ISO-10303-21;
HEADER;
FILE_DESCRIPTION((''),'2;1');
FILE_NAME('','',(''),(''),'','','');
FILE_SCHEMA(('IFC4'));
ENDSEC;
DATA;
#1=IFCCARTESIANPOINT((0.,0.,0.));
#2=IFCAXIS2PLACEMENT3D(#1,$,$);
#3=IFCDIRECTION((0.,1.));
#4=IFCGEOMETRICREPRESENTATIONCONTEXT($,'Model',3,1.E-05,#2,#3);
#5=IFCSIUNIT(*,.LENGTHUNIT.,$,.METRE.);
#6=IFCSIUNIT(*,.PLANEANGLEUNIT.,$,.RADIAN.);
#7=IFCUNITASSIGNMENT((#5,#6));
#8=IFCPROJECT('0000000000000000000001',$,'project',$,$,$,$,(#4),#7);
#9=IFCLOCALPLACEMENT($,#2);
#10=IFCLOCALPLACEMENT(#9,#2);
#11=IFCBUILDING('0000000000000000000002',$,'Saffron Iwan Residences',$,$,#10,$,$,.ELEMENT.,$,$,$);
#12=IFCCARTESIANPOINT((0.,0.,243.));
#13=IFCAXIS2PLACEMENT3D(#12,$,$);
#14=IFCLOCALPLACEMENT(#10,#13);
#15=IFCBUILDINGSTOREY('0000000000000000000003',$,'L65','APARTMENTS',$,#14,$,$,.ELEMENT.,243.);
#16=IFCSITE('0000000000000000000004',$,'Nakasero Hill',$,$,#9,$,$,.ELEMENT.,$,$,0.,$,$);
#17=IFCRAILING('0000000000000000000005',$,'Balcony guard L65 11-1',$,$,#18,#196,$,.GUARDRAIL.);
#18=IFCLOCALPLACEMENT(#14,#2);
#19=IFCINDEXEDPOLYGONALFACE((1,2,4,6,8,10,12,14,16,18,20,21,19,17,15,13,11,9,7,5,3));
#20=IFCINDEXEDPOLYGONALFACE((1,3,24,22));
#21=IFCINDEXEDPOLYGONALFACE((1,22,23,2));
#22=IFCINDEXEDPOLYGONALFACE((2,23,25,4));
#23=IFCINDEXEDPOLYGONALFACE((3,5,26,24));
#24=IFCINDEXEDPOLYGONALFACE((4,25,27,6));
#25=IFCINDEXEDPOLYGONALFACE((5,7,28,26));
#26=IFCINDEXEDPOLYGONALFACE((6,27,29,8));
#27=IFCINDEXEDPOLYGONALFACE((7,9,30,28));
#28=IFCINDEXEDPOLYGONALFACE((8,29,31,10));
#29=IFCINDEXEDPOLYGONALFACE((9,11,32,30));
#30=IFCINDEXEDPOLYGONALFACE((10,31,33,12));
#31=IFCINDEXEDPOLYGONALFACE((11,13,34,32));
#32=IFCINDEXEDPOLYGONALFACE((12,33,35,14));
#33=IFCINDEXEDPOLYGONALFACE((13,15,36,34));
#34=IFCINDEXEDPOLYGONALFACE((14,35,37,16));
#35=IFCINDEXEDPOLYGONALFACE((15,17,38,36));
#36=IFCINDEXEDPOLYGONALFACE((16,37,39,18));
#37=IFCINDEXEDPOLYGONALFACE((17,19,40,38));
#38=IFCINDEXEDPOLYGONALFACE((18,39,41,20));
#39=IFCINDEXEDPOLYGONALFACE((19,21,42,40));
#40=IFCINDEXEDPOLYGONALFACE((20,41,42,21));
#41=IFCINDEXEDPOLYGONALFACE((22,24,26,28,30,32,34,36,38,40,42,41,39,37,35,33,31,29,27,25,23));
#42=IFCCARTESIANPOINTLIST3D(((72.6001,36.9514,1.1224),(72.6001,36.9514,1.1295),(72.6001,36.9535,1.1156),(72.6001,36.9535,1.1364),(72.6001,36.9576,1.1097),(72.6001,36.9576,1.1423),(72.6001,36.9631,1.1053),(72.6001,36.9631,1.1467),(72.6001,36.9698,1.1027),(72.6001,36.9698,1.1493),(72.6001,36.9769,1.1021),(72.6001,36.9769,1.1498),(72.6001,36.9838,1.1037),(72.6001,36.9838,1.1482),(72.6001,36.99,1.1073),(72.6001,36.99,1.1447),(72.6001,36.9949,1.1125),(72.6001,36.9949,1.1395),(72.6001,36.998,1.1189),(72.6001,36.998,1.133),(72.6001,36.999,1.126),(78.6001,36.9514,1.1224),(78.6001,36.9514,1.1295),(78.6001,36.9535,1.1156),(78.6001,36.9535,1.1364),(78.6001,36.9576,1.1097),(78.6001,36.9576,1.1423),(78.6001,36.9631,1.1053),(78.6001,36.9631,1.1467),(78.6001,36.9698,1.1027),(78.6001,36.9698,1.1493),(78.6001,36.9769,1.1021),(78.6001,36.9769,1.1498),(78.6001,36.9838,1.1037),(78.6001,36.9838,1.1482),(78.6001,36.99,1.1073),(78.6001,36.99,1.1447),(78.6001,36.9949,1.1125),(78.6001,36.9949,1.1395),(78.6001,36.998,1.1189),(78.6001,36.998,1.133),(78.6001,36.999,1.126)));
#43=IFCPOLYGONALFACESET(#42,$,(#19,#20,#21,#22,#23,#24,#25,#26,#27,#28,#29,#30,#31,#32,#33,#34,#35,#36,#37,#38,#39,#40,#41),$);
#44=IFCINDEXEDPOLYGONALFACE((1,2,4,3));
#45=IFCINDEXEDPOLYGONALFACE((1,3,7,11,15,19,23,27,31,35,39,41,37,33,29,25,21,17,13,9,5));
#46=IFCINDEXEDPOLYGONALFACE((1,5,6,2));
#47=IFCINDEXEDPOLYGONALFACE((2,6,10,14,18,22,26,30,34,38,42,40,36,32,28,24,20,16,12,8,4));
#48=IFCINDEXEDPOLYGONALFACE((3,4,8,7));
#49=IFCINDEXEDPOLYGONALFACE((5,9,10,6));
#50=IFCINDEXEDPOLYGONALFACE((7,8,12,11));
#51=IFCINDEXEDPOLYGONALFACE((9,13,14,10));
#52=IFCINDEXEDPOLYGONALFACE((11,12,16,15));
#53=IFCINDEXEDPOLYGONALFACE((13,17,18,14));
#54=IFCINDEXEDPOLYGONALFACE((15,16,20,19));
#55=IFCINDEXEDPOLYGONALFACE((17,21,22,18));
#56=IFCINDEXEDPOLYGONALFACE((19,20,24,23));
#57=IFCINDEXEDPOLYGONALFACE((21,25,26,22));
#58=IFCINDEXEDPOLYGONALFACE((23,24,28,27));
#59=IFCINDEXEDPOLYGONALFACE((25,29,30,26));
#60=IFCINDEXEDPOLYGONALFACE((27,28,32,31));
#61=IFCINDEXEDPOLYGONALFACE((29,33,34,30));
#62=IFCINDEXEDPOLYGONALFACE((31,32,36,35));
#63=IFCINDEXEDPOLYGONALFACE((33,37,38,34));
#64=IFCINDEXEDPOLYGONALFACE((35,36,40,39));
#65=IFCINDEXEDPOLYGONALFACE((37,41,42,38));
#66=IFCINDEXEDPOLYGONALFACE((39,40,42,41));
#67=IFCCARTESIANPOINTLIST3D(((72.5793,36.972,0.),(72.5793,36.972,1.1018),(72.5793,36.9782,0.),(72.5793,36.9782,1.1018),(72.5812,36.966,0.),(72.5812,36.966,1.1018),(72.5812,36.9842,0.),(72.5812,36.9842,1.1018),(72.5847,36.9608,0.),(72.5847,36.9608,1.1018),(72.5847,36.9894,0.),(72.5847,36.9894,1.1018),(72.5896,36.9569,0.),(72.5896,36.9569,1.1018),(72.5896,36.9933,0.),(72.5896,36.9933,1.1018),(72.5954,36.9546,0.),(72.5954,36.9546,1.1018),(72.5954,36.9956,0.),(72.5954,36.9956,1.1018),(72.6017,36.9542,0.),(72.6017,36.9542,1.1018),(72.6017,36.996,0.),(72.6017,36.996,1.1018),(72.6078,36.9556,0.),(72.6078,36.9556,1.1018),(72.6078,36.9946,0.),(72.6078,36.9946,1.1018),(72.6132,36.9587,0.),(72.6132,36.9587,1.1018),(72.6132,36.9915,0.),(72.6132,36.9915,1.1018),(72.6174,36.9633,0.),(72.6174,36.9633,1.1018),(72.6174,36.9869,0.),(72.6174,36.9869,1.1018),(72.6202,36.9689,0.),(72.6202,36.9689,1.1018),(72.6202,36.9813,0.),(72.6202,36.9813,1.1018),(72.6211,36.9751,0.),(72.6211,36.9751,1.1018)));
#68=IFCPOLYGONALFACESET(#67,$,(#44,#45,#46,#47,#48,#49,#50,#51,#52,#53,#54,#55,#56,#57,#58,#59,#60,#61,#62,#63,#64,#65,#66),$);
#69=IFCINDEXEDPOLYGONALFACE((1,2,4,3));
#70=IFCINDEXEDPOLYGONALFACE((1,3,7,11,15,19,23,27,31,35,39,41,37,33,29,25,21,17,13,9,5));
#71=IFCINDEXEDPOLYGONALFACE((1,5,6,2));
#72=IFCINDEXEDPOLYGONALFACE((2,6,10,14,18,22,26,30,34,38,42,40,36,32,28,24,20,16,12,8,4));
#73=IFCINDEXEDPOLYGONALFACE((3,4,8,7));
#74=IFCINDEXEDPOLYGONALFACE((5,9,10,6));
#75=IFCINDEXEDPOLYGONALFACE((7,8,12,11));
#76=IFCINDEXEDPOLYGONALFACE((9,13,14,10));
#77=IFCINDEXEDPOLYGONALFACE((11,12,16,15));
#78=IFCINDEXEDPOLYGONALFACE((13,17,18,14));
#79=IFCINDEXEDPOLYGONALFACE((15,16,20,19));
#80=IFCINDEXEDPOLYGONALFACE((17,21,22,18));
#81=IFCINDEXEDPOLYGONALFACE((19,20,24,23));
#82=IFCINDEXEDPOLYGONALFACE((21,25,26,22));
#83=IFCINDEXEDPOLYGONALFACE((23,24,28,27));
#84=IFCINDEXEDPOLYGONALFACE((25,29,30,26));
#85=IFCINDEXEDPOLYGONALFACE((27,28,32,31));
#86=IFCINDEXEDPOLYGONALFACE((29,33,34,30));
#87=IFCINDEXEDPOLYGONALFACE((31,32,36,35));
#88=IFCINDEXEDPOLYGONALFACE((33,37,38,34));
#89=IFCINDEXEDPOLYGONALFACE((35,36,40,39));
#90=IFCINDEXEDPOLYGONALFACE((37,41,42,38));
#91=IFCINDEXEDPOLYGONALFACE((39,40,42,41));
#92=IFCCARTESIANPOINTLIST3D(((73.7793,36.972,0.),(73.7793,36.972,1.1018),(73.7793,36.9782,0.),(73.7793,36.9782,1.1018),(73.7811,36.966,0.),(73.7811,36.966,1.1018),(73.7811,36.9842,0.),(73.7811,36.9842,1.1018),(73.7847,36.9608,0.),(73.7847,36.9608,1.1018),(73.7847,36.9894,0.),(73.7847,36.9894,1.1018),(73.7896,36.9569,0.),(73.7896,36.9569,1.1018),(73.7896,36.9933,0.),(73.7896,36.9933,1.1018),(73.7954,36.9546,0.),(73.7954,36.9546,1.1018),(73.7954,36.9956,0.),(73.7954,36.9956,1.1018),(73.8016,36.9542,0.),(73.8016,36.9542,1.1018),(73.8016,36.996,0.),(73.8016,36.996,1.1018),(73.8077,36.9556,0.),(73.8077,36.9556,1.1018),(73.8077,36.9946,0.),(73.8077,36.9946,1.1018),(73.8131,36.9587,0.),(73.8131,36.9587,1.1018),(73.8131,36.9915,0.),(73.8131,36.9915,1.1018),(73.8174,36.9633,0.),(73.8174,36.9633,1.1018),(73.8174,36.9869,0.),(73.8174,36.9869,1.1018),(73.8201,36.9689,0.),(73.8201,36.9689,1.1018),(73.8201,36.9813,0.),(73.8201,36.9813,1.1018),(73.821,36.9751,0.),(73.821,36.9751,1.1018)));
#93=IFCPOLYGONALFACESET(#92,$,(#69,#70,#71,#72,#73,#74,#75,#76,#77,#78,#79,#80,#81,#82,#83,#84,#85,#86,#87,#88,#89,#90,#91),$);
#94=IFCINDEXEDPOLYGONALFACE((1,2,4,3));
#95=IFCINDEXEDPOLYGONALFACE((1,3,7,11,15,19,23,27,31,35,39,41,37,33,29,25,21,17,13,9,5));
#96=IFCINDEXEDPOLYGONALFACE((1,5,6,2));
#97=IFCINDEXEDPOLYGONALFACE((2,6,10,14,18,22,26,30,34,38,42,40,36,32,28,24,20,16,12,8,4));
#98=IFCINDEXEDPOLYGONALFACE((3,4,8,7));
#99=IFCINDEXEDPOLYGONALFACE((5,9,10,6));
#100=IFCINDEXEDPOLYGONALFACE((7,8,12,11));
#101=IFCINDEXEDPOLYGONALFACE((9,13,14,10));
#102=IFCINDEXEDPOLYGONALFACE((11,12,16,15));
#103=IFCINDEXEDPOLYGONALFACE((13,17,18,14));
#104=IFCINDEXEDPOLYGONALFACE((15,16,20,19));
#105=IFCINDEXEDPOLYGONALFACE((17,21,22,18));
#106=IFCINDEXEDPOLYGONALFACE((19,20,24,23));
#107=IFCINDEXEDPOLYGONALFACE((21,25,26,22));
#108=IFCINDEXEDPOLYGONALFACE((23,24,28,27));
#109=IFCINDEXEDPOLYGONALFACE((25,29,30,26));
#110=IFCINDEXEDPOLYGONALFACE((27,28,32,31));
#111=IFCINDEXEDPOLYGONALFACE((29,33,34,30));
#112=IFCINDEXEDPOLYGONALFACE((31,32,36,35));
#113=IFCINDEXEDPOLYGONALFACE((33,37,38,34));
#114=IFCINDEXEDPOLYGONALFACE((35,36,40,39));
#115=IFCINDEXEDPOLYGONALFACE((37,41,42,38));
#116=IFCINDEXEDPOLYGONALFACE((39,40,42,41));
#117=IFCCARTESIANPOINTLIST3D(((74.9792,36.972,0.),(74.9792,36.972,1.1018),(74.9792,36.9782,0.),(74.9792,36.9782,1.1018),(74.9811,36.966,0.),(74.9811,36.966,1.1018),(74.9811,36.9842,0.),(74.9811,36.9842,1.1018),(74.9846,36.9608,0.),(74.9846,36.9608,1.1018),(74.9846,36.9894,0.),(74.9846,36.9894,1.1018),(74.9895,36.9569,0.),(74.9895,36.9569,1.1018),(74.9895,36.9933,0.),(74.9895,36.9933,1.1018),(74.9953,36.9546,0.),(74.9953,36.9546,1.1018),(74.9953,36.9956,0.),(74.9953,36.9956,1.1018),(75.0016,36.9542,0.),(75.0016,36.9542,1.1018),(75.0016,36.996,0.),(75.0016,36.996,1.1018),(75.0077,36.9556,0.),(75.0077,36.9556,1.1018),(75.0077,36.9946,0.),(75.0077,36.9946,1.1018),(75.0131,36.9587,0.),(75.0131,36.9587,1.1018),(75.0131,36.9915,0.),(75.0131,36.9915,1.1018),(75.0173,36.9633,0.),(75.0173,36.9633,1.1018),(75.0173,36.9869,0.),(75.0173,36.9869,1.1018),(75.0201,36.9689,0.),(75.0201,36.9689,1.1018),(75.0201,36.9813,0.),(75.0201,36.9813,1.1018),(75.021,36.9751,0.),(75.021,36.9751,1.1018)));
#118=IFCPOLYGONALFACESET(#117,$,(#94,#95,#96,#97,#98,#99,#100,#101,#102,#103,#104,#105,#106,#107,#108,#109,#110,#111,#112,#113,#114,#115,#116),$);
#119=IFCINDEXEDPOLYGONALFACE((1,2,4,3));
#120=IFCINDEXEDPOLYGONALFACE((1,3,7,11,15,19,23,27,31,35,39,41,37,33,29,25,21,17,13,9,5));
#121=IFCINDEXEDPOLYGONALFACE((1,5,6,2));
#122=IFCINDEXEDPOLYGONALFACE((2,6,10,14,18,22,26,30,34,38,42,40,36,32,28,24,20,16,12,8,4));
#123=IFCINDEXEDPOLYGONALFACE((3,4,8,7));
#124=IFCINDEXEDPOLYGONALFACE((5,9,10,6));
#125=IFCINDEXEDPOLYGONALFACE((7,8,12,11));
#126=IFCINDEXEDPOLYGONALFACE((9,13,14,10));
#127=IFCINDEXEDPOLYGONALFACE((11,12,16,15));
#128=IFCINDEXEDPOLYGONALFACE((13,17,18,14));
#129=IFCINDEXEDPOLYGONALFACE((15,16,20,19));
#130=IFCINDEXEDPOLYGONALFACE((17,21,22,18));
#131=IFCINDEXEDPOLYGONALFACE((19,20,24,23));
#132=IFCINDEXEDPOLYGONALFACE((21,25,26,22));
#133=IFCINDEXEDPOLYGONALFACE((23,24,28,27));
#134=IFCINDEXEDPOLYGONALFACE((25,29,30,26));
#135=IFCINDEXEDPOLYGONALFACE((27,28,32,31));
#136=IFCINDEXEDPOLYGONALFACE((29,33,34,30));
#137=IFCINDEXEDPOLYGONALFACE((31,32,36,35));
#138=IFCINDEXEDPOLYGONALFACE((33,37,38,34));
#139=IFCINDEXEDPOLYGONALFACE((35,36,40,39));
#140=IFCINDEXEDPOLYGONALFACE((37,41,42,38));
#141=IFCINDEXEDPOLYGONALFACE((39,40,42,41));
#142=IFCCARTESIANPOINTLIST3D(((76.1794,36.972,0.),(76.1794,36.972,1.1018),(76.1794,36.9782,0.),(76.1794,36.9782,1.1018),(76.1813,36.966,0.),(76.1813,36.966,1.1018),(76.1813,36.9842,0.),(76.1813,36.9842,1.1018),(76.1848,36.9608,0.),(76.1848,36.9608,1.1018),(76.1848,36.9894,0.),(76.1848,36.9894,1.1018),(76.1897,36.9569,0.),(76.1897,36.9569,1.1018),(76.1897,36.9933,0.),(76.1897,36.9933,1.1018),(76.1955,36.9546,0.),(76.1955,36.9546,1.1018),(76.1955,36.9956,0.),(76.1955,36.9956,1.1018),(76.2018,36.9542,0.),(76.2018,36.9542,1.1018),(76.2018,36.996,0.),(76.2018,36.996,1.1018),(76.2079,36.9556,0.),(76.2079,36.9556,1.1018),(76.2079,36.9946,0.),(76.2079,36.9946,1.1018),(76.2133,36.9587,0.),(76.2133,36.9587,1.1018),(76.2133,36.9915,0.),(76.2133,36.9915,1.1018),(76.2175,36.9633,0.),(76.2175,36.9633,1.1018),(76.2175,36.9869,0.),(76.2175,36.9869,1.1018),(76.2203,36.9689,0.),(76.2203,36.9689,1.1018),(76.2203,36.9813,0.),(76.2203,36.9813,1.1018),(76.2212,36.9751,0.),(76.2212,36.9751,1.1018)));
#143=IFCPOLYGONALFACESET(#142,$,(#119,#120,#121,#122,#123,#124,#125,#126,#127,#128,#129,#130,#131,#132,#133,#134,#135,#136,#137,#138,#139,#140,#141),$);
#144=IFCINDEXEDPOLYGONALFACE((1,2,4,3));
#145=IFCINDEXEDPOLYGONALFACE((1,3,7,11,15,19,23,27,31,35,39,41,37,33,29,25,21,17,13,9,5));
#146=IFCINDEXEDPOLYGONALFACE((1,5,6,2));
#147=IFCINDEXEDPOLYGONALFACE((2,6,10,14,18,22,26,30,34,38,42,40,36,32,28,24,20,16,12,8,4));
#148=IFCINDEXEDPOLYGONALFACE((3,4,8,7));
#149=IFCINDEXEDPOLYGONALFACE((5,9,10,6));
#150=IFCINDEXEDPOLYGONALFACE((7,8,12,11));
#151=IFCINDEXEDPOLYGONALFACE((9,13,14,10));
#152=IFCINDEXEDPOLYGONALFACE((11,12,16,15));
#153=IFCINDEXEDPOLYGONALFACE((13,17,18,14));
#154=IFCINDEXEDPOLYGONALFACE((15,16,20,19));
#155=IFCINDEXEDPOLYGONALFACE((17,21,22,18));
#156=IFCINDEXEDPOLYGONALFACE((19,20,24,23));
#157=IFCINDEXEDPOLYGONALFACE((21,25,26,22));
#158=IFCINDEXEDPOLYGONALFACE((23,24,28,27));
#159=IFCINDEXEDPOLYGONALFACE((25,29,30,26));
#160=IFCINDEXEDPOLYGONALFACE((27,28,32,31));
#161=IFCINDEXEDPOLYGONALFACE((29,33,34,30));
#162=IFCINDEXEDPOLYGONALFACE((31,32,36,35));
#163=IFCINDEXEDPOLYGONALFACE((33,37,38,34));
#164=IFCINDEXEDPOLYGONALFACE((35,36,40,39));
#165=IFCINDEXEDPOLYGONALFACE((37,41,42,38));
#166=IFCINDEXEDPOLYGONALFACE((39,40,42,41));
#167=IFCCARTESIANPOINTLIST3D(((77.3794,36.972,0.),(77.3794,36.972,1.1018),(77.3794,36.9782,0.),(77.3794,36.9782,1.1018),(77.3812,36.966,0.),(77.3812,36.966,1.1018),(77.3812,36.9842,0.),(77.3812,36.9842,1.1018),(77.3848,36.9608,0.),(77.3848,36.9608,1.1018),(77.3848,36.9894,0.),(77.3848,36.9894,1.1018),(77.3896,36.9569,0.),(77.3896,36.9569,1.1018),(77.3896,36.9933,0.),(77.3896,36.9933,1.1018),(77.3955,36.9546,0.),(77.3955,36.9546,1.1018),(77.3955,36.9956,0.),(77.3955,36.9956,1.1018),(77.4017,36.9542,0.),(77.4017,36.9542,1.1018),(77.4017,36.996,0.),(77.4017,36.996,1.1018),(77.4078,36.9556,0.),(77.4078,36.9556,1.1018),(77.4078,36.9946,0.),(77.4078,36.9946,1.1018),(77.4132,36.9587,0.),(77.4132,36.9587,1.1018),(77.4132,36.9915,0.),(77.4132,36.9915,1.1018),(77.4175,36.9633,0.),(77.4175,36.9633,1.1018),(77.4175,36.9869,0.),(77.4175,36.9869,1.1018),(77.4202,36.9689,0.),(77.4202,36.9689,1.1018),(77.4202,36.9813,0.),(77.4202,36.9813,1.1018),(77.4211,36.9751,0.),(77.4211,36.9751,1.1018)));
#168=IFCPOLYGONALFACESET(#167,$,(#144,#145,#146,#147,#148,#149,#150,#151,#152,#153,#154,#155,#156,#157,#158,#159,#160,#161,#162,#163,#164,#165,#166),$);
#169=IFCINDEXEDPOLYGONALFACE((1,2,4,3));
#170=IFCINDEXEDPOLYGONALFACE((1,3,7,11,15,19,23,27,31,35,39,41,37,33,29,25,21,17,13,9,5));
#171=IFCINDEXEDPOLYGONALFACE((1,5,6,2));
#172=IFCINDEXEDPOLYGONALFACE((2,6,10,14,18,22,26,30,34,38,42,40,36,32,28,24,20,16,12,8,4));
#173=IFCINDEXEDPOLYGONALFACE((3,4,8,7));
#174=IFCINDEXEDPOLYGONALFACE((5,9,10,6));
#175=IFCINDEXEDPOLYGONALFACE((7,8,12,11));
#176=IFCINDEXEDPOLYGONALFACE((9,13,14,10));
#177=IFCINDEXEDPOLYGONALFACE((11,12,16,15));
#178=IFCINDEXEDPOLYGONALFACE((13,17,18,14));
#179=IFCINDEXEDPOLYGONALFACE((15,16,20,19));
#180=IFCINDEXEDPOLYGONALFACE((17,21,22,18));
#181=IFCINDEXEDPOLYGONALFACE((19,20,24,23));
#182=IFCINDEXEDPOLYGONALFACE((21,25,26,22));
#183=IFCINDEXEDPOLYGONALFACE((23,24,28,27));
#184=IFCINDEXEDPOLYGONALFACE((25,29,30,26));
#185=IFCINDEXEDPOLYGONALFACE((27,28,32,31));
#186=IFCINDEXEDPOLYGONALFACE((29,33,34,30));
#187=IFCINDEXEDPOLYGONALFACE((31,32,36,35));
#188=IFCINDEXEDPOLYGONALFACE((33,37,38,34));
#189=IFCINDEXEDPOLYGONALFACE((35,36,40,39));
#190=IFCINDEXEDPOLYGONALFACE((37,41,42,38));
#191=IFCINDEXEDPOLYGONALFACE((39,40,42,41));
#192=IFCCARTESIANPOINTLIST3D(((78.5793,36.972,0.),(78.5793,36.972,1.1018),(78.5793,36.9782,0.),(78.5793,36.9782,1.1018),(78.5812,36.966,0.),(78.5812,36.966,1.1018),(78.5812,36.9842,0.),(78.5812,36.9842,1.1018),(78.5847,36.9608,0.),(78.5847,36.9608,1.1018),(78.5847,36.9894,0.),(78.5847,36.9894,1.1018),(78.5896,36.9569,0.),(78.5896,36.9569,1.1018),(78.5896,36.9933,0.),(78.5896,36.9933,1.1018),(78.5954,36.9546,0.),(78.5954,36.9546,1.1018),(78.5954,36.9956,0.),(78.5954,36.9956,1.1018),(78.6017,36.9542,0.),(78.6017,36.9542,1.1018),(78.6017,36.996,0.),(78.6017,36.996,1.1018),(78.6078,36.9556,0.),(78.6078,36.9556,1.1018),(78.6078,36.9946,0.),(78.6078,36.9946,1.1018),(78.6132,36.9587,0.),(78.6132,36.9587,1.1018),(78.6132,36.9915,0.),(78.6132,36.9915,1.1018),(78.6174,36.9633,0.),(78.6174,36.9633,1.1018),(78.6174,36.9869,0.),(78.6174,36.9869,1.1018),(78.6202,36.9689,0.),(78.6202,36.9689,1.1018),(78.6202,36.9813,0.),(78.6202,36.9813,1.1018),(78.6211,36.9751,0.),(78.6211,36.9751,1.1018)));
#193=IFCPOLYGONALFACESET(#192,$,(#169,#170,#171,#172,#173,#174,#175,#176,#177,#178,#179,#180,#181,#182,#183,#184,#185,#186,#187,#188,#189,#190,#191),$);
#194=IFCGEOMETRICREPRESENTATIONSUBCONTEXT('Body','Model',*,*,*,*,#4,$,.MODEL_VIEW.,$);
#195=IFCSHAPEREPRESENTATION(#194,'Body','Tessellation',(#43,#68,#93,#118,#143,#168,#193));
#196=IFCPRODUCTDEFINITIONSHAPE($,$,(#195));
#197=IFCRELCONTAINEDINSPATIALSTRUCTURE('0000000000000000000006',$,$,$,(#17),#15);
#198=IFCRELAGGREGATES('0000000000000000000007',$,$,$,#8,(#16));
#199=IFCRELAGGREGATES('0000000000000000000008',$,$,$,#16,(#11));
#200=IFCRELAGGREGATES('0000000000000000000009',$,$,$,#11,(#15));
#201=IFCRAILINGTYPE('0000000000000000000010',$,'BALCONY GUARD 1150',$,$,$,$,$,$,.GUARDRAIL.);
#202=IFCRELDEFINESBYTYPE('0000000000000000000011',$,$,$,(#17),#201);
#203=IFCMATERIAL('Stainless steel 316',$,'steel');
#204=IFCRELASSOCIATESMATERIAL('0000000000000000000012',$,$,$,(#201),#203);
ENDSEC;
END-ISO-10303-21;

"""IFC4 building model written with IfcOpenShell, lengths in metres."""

from ifc_helpers import new_model, si_unit, direction, frame, origin, origin_2d, place, context, subcontext, project, spatial, circle, extrude, material, type_object, element, save


model = new_model("IFC4")

# Units and contexts
model_context = context("Model", 3, precision=1e-05, world=origin(), true_north=direction((0.0, 1.0)))
body_context = subcontext(model_context, "Body", "Model", "MODEL_VIEW")
ifc_project = project(units=[si_unit("LENGTHUNIT", "METRE"), si_unit("PLANEANGLEUNIT", "RADIAN")], contexts=[model_context])

# Site, building, storey
site_placement = place(None, origin())
site = spatial("IfcSite", under=ifc_project, at=site_placement, Name="Nakasero Hill", CompositionType="ELEMENT", RefElevation=0.0)
building_placement = place(site_placement, origin())
building = spatial("IfcBuilding", under=site, at=building_placement, Name="Saffron Iwan Residences", CompositionType="ELEMENT")
storey_placement = place(building_placement, frame((0.0, 0.0, 243.0)))
storey = spatial("IfcBuildingStorey", under=building, at=storey_placement, Name="L65", Description="APARTMENTS", CompositionType="ELEMENT", Elevation=243.0)

# Railing
ifc_material_1 = material(Name="Stainless steel 316", Category="steel")
railing_type = type_object("IfcRailingType", Name="BALCONY GUARD 1150", PredefinedType="GUARDRAIL", material=ifc_material_1)
railing_placement = place(storey_placement, frame((72.6001, 36.9751, 0.0)))
element("IfcRailing", 1, at=railing_placement, inside=storey, type_object=railing_type, Name="Balcony guard L65 11-1", PredefinedType="GUARDRAIL", context=body_context, shape_type="SweptSolid", body=[
    extrude(circle(Radius=0.0239, at=origin_2d()), frame((0.0, 0.0, 1.126), z_axis=(1.0, 0.0, 0.0), x_axis=(0.0, 1.0, 0.0)), (0.0, 0.0, 1.0), 6.0),
    extrude(circle(Radius=0.021, at=origin_2d()), origin(), (0.0, 0.0, 1.0), 1.1018),
    extrude(circle(Radius=0.021, at=origin_2d()), frame((1.2, 0.0, 0.0)), (0.0, 0.0, 1.0), 1.1018),
    extrude(circle(Radius=0.021, at=origin_2d()), frame((2.3999, 0.0, 0.0)), (0.0, 0.0, 1.0), 1.1018),
    extrude(circle(Radius=0.021, at=origin_2d()), frame((3.6001, 0.0, 0.0)), (0.0, 0.0, 1.0), 1.1018),
    extrude(circle(Radius=0.021, at=origin_2d()), frame((4.8, 0.0, 0.0)), (0.0, 0.0, 1.0), 1.1018),
    extrude(circle(Radius=0.021, at=origin_2d()), frame((6.0, 0.0, 0.0)), (0.0, 0.0, 1.0), 1.1018),
])

save(model, "model.ifc")
